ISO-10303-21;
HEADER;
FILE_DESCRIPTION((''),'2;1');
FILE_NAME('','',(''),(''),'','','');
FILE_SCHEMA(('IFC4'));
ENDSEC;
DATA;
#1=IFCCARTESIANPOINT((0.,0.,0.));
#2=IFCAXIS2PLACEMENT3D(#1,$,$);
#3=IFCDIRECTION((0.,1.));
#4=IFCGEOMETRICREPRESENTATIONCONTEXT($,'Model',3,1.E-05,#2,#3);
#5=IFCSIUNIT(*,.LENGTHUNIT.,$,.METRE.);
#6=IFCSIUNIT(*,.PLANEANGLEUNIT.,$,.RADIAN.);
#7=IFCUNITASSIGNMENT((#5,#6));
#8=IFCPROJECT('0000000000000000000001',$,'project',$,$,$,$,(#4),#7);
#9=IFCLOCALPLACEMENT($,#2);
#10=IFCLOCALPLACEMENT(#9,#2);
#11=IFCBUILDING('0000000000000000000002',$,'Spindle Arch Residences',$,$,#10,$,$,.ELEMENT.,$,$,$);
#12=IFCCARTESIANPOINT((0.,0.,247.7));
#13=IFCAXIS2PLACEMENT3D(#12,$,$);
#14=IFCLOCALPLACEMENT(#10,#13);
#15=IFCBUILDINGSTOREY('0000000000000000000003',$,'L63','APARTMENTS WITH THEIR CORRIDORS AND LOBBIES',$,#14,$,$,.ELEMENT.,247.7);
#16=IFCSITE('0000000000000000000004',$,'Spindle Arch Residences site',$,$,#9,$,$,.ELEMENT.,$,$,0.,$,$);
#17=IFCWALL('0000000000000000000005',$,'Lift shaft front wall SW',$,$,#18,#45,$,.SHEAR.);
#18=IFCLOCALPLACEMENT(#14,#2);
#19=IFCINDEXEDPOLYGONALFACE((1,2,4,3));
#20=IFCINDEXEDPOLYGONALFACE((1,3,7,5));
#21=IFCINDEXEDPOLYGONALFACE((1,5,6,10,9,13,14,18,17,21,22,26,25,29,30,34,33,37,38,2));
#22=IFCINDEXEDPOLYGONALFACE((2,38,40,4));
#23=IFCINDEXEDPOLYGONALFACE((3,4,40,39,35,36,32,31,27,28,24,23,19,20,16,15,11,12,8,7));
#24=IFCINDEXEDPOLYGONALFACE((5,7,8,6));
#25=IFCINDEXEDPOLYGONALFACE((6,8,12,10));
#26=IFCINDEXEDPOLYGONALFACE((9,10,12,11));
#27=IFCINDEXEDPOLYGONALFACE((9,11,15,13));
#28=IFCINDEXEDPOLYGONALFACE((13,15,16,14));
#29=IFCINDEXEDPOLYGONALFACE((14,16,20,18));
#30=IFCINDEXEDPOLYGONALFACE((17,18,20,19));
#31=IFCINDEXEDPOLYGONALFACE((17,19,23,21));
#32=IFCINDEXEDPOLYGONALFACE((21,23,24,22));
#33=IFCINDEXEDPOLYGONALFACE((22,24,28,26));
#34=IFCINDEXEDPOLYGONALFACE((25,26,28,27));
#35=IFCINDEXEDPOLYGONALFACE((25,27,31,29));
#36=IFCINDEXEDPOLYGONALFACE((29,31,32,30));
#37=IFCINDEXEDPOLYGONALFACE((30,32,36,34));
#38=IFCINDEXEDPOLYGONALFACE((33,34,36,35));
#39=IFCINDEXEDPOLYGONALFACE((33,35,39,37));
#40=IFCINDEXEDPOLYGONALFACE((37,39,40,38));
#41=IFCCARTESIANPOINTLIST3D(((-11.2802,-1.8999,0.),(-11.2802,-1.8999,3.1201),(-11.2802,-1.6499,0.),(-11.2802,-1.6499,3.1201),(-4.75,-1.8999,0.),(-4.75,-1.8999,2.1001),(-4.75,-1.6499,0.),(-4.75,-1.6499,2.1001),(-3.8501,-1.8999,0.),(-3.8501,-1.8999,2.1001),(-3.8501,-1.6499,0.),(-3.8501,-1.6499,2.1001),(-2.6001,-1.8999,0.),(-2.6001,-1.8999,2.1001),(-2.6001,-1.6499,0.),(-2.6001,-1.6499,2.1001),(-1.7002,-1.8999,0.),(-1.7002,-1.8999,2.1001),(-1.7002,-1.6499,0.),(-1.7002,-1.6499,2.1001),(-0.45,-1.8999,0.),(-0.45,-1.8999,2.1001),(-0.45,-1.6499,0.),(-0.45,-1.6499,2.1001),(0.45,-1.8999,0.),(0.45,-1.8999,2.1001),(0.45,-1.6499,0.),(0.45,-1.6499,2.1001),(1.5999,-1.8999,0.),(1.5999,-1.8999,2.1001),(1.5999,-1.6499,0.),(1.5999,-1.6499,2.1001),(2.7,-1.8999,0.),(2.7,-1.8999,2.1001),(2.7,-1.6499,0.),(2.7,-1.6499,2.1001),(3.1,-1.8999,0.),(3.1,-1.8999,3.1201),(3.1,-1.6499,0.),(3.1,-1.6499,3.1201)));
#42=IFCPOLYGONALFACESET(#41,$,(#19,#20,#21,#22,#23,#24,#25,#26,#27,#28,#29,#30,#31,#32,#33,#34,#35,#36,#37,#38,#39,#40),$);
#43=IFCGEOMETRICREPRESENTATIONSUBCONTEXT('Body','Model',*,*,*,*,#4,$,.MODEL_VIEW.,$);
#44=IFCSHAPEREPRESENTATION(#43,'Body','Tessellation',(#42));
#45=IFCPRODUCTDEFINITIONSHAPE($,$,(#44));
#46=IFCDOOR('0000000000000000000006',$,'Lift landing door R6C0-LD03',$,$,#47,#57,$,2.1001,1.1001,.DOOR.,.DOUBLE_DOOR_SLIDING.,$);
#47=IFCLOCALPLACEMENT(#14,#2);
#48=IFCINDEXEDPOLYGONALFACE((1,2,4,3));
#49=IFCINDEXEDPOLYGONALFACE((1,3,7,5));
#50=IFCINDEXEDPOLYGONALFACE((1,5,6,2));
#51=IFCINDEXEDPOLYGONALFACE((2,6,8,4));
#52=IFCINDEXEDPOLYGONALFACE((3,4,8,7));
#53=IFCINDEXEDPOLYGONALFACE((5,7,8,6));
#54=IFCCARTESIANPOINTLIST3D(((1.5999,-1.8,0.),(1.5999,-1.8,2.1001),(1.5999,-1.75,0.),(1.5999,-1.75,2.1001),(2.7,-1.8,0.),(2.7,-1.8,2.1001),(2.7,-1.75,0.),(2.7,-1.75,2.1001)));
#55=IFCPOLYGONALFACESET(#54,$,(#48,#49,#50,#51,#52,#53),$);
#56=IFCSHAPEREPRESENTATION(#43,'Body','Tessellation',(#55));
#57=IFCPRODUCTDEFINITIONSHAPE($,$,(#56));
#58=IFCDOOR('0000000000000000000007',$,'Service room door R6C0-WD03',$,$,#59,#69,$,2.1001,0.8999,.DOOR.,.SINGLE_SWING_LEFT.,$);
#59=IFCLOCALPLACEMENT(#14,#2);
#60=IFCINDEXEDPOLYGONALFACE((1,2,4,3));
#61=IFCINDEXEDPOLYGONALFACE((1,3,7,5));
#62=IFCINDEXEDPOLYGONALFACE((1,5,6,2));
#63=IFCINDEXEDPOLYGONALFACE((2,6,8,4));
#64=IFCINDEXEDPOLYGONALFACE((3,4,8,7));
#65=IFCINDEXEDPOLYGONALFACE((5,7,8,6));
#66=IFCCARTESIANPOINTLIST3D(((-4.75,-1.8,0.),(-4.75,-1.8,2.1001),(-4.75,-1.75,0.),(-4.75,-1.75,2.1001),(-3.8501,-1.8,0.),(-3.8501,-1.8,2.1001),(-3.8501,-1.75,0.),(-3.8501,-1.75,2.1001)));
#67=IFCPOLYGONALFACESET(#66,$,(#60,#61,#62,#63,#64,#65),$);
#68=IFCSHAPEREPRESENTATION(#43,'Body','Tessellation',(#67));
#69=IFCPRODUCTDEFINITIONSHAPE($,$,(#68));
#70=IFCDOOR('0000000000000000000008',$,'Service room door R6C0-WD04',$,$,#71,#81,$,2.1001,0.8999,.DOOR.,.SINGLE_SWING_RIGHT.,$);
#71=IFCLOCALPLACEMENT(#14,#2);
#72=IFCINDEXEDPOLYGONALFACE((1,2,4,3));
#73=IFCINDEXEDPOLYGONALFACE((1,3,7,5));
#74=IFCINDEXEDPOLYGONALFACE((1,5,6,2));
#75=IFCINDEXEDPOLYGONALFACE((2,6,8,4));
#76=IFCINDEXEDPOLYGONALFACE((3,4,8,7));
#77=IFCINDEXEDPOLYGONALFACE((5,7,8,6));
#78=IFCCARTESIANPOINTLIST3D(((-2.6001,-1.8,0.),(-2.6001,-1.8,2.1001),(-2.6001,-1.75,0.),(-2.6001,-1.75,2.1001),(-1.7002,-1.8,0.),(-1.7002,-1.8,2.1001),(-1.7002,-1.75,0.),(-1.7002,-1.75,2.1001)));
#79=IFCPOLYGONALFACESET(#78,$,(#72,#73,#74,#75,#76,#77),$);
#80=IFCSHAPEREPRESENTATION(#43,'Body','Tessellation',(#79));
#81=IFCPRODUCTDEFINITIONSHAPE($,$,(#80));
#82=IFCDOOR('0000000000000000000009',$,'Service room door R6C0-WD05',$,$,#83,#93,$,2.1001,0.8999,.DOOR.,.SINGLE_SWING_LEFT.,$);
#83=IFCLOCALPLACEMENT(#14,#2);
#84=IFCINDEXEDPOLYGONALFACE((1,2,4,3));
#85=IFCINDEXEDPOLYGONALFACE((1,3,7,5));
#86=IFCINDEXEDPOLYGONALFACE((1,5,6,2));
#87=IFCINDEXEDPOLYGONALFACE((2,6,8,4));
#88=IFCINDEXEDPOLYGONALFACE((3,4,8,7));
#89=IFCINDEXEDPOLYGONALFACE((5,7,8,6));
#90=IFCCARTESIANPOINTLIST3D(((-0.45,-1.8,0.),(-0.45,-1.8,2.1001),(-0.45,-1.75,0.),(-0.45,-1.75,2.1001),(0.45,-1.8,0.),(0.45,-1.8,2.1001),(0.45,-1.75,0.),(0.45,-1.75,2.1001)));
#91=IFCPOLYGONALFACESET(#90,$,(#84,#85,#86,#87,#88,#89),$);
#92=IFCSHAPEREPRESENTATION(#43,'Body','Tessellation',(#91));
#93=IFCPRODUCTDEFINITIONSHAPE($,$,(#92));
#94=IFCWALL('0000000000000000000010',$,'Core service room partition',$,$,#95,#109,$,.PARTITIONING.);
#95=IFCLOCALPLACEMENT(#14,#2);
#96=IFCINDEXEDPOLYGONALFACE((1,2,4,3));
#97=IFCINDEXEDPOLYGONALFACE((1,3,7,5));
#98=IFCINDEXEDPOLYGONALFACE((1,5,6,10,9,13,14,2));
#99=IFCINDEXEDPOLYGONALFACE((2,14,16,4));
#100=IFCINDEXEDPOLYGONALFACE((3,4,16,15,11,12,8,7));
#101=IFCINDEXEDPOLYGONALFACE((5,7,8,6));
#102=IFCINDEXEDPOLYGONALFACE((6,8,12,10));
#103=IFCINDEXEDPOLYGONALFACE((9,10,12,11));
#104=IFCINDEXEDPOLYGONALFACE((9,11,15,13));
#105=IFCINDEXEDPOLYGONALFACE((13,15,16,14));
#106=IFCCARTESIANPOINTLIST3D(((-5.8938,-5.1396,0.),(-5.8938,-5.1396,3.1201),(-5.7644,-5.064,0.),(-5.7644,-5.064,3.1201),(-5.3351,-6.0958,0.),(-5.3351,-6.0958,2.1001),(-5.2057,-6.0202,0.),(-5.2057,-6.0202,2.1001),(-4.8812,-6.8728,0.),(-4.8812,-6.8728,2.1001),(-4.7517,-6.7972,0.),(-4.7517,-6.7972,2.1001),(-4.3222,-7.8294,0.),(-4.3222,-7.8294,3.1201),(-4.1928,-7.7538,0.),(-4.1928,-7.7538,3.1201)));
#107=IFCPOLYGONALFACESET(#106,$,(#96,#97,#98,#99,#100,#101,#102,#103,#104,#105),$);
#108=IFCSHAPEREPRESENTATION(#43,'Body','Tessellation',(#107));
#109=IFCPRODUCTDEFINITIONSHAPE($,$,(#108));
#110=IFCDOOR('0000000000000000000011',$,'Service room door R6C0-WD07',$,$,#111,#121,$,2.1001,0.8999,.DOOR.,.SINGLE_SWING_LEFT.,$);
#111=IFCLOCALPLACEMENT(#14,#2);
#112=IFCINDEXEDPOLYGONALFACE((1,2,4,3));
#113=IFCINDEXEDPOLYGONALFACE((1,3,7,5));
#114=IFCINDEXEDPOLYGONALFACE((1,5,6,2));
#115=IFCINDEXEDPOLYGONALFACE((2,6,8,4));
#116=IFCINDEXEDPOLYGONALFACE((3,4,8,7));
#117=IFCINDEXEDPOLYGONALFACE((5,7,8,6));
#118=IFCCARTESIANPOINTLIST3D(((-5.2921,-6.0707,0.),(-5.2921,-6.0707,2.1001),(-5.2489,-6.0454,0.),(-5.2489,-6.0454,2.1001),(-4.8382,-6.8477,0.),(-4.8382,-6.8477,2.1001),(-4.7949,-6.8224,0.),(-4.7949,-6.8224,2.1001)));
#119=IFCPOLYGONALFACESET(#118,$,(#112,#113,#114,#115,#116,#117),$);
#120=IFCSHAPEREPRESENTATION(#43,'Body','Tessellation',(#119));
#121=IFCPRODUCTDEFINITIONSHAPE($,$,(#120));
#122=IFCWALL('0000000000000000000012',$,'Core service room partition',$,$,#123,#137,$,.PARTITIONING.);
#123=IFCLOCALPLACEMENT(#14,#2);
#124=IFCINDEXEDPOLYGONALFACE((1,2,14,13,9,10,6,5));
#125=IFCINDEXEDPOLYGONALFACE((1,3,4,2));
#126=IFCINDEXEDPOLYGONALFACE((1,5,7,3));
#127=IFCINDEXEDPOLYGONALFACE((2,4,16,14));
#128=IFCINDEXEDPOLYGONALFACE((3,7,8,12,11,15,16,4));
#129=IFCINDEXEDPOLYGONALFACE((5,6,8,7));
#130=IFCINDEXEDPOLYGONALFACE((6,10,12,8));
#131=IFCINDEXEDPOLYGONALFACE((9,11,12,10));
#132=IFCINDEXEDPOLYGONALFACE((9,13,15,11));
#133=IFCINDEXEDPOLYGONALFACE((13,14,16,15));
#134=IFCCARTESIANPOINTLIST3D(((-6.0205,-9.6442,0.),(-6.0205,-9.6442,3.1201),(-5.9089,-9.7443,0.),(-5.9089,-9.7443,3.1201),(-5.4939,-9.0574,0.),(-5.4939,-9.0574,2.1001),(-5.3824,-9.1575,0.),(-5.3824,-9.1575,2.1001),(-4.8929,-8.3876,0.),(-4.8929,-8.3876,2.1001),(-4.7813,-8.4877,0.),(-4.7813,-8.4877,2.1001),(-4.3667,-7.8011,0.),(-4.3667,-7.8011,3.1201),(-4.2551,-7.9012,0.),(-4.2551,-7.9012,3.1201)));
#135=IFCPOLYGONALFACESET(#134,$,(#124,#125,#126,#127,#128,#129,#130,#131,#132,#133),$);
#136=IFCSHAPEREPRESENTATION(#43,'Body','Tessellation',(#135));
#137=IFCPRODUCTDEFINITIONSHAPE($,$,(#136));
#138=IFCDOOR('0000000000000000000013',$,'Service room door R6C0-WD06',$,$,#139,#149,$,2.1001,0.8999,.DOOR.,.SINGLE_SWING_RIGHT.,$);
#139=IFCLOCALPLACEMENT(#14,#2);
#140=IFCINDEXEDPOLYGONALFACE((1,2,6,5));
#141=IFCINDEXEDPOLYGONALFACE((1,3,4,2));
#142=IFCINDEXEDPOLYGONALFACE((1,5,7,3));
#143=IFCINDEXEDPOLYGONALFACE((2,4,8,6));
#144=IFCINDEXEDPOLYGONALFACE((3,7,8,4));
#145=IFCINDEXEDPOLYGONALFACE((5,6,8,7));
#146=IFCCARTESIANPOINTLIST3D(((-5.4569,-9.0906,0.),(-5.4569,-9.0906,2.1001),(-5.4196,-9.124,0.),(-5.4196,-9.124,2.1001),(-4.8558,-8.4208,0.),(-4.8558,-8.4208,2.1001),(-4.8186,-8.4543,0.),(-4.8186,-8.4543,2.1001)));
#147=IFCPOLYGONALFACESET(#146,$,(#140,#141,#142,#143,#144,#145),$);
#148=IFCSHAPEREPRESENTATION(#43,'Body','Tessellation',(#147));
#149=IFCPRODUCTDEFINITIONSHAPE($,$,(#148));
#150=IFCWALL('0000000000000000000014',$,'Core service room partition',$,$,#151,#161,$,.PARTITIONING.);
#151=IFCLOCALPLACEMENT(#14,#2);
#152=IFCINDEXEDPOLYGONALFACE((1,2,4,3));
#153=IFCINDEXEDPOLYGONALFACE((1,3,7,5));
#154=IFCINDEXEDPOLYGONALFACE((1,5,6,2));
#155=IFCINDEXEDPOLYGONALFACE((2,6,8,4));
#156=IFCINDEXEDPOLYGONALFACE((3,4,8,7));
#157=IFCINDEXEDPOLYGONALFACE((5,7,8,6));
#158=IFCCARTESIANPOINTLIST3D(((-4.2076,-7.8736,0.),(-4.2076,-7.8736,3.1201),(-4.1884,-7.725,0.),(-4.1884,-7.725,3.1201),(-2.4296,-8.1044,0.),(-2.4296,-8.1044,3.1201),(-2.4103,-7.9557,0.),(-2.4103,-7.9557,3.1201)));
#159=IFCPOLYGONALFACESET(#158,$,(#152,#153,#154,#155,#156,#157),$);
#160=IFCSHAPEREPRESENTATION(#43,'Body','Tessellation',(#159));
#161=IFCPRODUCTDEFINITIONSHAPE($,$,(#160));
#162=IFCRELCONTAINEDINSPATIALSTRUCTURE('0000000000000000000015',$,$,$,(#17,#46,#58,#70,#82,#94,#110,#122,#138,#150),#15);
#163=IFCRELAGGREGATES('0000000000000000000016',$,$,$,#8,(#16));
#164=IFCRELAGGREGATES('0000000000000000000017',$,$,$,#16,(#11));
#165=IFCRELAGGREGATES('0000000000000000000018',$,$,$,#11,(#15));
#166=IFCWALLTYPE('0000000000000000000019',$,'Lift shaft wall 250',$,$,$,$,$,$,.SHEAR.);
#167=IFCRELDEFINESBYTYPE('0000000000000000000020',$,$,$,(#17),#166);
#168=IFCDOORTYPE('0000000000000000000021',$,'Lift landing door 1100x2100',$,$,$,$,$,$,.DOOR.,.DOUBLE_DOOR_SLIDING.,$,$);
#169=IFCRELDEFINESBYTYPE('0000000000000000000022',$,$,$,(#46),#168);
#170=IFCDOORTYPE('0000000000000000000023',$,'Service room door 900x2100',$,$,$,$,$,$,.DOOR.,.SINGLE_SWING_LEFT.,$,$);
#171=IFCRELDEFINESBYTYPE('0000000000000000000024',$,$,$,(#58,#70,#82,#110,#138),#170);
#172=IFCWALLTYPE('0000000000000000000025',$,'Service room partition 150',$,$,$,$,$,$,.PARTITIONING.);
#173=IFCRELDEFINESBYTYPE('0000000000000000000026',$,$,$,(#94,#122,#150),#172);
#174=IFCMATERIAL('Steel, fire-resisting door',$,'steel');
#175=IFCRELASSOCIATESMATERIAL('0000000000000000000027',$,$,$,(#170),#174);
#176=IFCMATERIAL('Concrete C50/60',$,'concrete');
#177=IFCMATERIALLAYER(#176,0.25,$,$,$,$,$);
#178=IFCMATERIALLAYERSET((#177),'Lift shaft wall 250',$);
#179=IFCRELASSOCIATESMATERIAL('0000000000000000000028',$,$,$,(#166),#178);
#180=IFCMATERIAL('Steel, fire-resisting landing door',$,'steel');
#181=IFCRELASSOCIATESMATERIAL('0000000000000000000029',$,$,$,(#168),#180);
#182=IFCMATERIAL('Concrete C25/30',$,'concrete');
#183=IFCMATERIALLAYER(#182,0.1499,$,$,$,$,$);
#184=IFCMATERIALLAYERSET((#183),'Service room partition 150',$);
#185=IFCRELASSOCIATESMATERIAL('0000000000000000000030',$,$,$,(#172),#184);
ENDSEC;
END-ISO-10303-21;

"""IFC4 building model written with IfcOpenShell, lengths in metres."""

from ifc_helpers import new_model, si_unit, direction, frame, frame_2d, origin, place, context, subcontext, project, spatial, rectangle, extrude, material, layer, layer_set, type_object, element, fill, save


model = new_model("IFC4")

# Units and contexts
model_context = context("Model", 3, precision=1e-05, world=origin(), true_north=direction((0.0, 1.0)))
body_context = subcontext(model_context, "Body", "Model", "MODEL_VIEW")
ifc_project = project(units=[si_unit("LENGTHUNIT", "METRE"), si_unit("PLANEANGLEUNIT", "RADIAN")], contexts=[model_context])

# Site, building, storey
site_placement = place(None, origin())
site = spatial("IfcSite", under=ifc_project, at=site_placement, Name="Spindle Arch Residences site", CompositionType="ELEMENT", RefElevation=0.0)
building_placement = place(site_placement, origin())
building = spatial("IfcBuilding", under=site, at=building_placement, Name="Spindle Arch Residences", CompositionType="ELEMENT")
storey_placement = place(building_placement, frame((0.0, 0.0, 247.7)))
storey = spatial("IfcBuildingStorey", under=building, at=storey_placement, Name="L63", Description="APARTMENTS WITH THEIR CORRIDORS AND LOBBIES", CompositionType="ELEMENT", Elevation=247.7)

# Shared definitions
ifc_material_1 = material(Name="Steel, fire-resisting door", Category="steel")
door_type_1 = type_object("IfcDoorType", Name="Service room door 900x2100", OperationType="SINGLE_SWING_LEFT", PredefinedType="DOOR", material=ifc_material_1)

# Wall, openings, doors
ifc_material_2 = material(Name="Concrete C50/60", Category="concrete")
ifc_layer_1 = layer(ifc_material_2, 0.25)
ifc_layer_set_1 = layer_set([ifc_layer_1], Name="Lift shaft wall 250")
wall_type_1 = type_object("IfcWallType", Name="Lift shaft wall 250", PredefinedType="SHEAR", material=ifc_layer_set_1)
wall_1_placement = place(storey_placement, frame((-11.28, -1.7749, 0.0), z_axis=(0.0, 0.0, 1.0), x_axis=(1.0, 0.0, 0.0)))
wall_1 = element("IfcWall", 1, at=wall_1_placement, inside=storey, type_object=wall_type_1, Name="Lift shaft front wall SW", PredefinedType="SHEAR", context=body_context, shape_type="SweptSolid", body=[
    extrude(rectangle(XDim=14.3801, YDim=0.25, at=frame_2d((7.1899, 0.0))), origin(), (0.0, 0.0, 1.0), 3.1201),
])
opening_1_placement = place(wall_1_placement, frame((12.8799, 0.0, 0.0)))
opening_1 = element("IfcOpeningElement", 2, at=opening_1_placement, cuts=wall_1, PredefinedType="OPENING", context=body_context, shape_type="SweptSolid", body=[
    extrude(rectangle(XDim=1.1001, YDim=2.1001, at=frame_2d((0.55, 1.05))), frame((0.0, 0.135, 0.0), z_axis=(0.0, -1.0, 0.0), x_axis=(1.0, 0.0, 0.0)), (0.0, 0.0, 1.0), 0.27),
])
opening_2_placement = place(wall_1_placement, frame((6.53, 0.0, 0.0)))
opening_2 = element("IfcOpeningElement", 3, at=opening_2_placement, cuts=wall_1, PredefinedType="OPENING", context=body_context, shape_type="SweptSolid", body=[
    extrude(rectangle(XDim=0.8999, YDim=2.1001, at=frame_2d((0.45, 1.05))), frame((0.0, 0.135, 0.0), z_axis=(0.0, -1.0, 0.0), x_axis=(1.0, 0.0, 0.0)), (0.0, 0.0, 1.0), 0.27),
])
opening_3_placement = place(wall_1_placement, frame((8.6799, 0.0, 0.0)))
opening_3 = element("IfcOpeningElement", 4, at=opening_3_placement, cuts=wall_1, PredefinedType="OPENING", context=body_context, shape_type="SweptSolid", body=[
    extrude(rectangle(XDim=0.8999, YDim=2.1001, at=frame_2d((0.45, 1.05))), frame((0.0, 0.135, 0.0), z_axis=(0.0, -1.0, 0.0), x_axis=(1.0, 0.0, 0.0)), (0.0, 0.0, 1.0), 0.27),
])
opening_4_placement = place(wall_1_placement, frame((10.8301, 0.0, 0.0)))
opening_4 = element("IfcOpeningElement", 5, at=opening_4_placement, cuts=wall_1, PredefinedType="OPENING", context=body_context, shape_type="SweptSolid", body=[
    extrude(rectangle(XDim=0.8999, YDim=2.1001, at=frame_2d((0.45, 1.05))), frame((0.0, 0.135, 0.0), z_axis=(0.0, -1.0, 0.0), x_axis=(1.0, 0.0, 0.0)), (0.0, 0.0, 1.0), 0.27),
])
ifc_material_3 = material(Name="Steel, fire-resisting landing door", Category="steel")
door_type_2 = type_object("IfcDoorType", Name="Lift landing door 1100x2100", OperationType="DOUBLE_DOOR_SLIDING", PredefinedType="DOOR", material=ifc_material_3)
door_1_placement = place(opening_1_placement, origin())
door_1 = element("IfcDoor", 6, at=door_1_placement, inside=storey, type_object=door_type_2, Name="Lift landing door R6C0-LD03", OperationType="DOUBLE_DOOR_SLIDING", OverallHeight=2.1001, OverallWidth=1.1001, PredefinedType="DOOR", context=body_context, shape_type="SweptSolid", body=[
    extrude(rectangle(XDim=1.1001, YDim=2.1001, at=frame_2d((0.55, 1.05))), frame((0.0, 0.0249, 0.0), z_axis=(0.0, -1.0, 0.0), x_axis=(1.0, 0.0, 0.0)), (0.0, 0.0, 1.0), 0.05),
])
fill(opening_1, door_1)
door_2_placement = place(opening_2_placement, origin())
door_2 = element("IfcDoor", 7, at=door_2_placement, inside=storey, type_object=door_type_1, Name="Service room door R6C0-WD03", OperationType="SINGLE_SWING_LEFT", OverallHeight=2.1001, OverallWidth=0.8999, PredefinedType="DOOR", context=body_context, shape_type="SweptSolid", body=[
    extrude(rectangle(XDim=0.8999, YDim=2.1001, at=frame_2d((0.45, 1.05))), frame((0.0, 0.0249, 0.0), z_axis=(0.0, -1.0, 0.0), x_axis=(1.0, 0.0, 0.0)), (0.0, 0.0, 1.0), 0.05),
])
fill(opening_2, door_2)
door_3_placement = place(opening_3_placement, origin())
door_3 = element("IfcDoor", 8, at=door_3_placement, inside=storey, type_object=door_type_1, Name="Service room door R6C0-WD04", OperationType="SINGLE_SWING_RIGHT", OverallHeight=2.1001, OverallWidth=0.8999, PredefinedType="DOOR", context=body_context, shape_type="SweptSolid", body=[
    extrude(rectangle(XDim=0.8999, YDim=2.1001, at=frame_2d((0.45, 1.05))), frame((0.0, 0.0249, 0.0), z_axis=(0.0, -1.0, 0.0), x_axis=(1.0, 0.0, 0.0)), (0.0, 0.0, 1.0), 0.05),
])
fill(opening_3, door_3)
door_4_placement = place(opening_4_placement, origin())
door_4 = element("IfcDoor", 9, at=door_4_placement, inside=storey, type_object=door_type_1, Name="Service room door R6C0-WD05", OperationType="SINGLE_SWING_LEFT", OverallHeight=2.1001, OverallWidth=0.8999, PredefinedType="DOOR", context=body_context, shape_type="SweptSolid", body=[
    extrude(rectangle(XDim=0.8999, YDim=2.1001, at=frame_2d((0.45, 1.05))), frame((0.0, 0.0249, 0.0), z_axis=(0.0, -1.0, 0.0), x_axis=(1.0, 0.0, 0.0)), (0.0, 0.0, 1.0), 0.05),
])
fill(opening_4, door_4)

# Walls, openings, doors
ifc_material_4 = material(Name="Concrete C25/30", Category="concrete")
ifc_layer_2 = layer(ifc_material_4, 0.1499)
ifc_layer_set_2 = layer_set([ifc_layer_2], Name="Service room partition 150")
wall_type_2 = type_object("IfcWallType", Name="Service room partition 150", PredefinedType="PARTITIONING", material=ifc_layer_set_2)
wall_2_placement = place(storey_placement, frame((-5.8291, -5.1018, 0.0), z_axis=(0.0, 0.0, 1.0), x_axis=(0.50448, -0.863423, 0.0)))
wall_2 = element("IfcWall", 10, at=wall_2_placement, inside=storey, type_object=wall_type_2, Name="Core service room partition", PredefinedType="PARTITIONING", context=body_context, shape_type="SweptSolid", body=[
    extrude(rectangle(XDim=3.1152, YDim=0.1499, at=frame_2d((1.5576, 0.0))), origin(), (0.0, 0.0, 1.0), 3.1201),
])
opening_5_placement = place(wall_2_placement, frame((1.1074, 0.0, 0.0)))
opening_5 = element("IfcOpeningElement", 11, at=opening_5_placement, cuts=wall_2, PredefinedType="OPENING", context=body_context, shape_type="SweptSolid", body=[
    extrude(rectangle(XDim=0.8999, YDim=2.1001, at=frame_2d((0.45, 1.05))), frame((0.0, 0.085, 0.0), z_axis=(0.0, -1.0, 0.0), x_axis=(1.0, 0.0, 0.0)), (0.0, 0.0, 1.0), 0.1699),
])
door_5_placement = place(opening_5_placement, origin())
door_5 = element("IfcDoor", 12, at=door_5_placement, inside=storey, type_object=door_type_1, Name="Service room door R6C0-WD07", OperationType="SINGLE_SWING_LEFT", OverallHeight=2.1001, OverallWidth=0.8999, PredefinedType="DOOR", context=body_context, shape_type="SweptSolid", body=[
    extrude(rectangle(XDim=0.8999, YDim=2.1001, at=frame_2d((0.45, 1.05))), frame((0.0, 0.0249, 0.0), z_axis=(0.0, -1.0, 0.0), x_axis=(1.0, 0.0, 0.0)), (0.0, 0.0, 1.0), 0.05),
])
fill(opening_5, door_5)
wall_3_placement = place(storey_placement, frame((-4.3108, -7.8511, 0.0), z_axis=(0.0, 0.0, 1.0), x_axis=(-0.667869, -0.744279, 0.0)))
wall_3 = element("IfcWall", 13, at=wall_3_placement, inside=storey, type_object=wall_type_2, Name="Core service room partition", PredefinedType="PARTITIONING", context=body_context, shape_type="SweptSolid", body=[
    extrude(rectangle(XDim=2.4763, YDim=0.1499, at=frame_2d((1.2383, 0.0))), origin(), (0.0, 0.0, 1.0), 3.1201),
])
opening_6_placement = place(wall_3_placement, frame((0.7881, 0.0, 0.0)))
opening_6 = element("IfcOpeningElement", 14, at=opening_6_placement, cuts=wall_3, PredefinedType="OPENING", context=body_context, shape_type="SweptSolid", body=[
    extrude(rectangle(XDim=0.8999, YDim=2.1001, at=frame_2d((0.45, 1.05))), frame((0.0, 0.085, 0.0), z_axis=(0.0, -1.0, 0.0), x_axis=(1.0, 0.0, 0.0)), (0.0, 0.0, 1.0), 0.1699),
])
door_6_placement = place(opening_6_placement, origin())
door_6 = element("IfcDoor", 15, at=door_6_placement, inside=storey, type_object=door_type_1, Name="Service room door R6C0-WD06", OperationType="SINGLE_SWING_RIGHT", OverallHeight=2.1001, OverallWidth=0.8999, PredefinedType="DOOR", context=body_context, shape_type="SweptSolid", body=[
    extrude(rectangle(XDim=0.8999, YDim=2.1001, at=frame_2d((0.45, 1.05))), frame((0.0, 0.0249, 0.0), z_axis=(0.0, -1.0, 0.0), x_axis=(1.0, 0.0, 0.0)), (0.0, 0.0, 1.0), 0.05),
])
fill(opening_6, door_6)

# Wall
wall_4_placement = place(storey_placement, frame((-4.198, -7.7993, 0.0), z_axis=(0.0, 0.0, 1.0), x_axis=(0.991687, -0.128676, 0.0)))
element("IfcWall", 16, at=wall_4_placement, inside=storey, type_object=wall_type_2, Name="Core service room partition", PredefinedType="PARTITIONING", context=body_context, shape_type="SweptSolid", body=[
    extrude(rectangle(XDim=1.793, YDim=0.1499, at=frame_2d((0.8965, 0.0))), origin(), (0.0, 0.0, 1.0), 3.1201),
])

save(model, "model.ifc")
